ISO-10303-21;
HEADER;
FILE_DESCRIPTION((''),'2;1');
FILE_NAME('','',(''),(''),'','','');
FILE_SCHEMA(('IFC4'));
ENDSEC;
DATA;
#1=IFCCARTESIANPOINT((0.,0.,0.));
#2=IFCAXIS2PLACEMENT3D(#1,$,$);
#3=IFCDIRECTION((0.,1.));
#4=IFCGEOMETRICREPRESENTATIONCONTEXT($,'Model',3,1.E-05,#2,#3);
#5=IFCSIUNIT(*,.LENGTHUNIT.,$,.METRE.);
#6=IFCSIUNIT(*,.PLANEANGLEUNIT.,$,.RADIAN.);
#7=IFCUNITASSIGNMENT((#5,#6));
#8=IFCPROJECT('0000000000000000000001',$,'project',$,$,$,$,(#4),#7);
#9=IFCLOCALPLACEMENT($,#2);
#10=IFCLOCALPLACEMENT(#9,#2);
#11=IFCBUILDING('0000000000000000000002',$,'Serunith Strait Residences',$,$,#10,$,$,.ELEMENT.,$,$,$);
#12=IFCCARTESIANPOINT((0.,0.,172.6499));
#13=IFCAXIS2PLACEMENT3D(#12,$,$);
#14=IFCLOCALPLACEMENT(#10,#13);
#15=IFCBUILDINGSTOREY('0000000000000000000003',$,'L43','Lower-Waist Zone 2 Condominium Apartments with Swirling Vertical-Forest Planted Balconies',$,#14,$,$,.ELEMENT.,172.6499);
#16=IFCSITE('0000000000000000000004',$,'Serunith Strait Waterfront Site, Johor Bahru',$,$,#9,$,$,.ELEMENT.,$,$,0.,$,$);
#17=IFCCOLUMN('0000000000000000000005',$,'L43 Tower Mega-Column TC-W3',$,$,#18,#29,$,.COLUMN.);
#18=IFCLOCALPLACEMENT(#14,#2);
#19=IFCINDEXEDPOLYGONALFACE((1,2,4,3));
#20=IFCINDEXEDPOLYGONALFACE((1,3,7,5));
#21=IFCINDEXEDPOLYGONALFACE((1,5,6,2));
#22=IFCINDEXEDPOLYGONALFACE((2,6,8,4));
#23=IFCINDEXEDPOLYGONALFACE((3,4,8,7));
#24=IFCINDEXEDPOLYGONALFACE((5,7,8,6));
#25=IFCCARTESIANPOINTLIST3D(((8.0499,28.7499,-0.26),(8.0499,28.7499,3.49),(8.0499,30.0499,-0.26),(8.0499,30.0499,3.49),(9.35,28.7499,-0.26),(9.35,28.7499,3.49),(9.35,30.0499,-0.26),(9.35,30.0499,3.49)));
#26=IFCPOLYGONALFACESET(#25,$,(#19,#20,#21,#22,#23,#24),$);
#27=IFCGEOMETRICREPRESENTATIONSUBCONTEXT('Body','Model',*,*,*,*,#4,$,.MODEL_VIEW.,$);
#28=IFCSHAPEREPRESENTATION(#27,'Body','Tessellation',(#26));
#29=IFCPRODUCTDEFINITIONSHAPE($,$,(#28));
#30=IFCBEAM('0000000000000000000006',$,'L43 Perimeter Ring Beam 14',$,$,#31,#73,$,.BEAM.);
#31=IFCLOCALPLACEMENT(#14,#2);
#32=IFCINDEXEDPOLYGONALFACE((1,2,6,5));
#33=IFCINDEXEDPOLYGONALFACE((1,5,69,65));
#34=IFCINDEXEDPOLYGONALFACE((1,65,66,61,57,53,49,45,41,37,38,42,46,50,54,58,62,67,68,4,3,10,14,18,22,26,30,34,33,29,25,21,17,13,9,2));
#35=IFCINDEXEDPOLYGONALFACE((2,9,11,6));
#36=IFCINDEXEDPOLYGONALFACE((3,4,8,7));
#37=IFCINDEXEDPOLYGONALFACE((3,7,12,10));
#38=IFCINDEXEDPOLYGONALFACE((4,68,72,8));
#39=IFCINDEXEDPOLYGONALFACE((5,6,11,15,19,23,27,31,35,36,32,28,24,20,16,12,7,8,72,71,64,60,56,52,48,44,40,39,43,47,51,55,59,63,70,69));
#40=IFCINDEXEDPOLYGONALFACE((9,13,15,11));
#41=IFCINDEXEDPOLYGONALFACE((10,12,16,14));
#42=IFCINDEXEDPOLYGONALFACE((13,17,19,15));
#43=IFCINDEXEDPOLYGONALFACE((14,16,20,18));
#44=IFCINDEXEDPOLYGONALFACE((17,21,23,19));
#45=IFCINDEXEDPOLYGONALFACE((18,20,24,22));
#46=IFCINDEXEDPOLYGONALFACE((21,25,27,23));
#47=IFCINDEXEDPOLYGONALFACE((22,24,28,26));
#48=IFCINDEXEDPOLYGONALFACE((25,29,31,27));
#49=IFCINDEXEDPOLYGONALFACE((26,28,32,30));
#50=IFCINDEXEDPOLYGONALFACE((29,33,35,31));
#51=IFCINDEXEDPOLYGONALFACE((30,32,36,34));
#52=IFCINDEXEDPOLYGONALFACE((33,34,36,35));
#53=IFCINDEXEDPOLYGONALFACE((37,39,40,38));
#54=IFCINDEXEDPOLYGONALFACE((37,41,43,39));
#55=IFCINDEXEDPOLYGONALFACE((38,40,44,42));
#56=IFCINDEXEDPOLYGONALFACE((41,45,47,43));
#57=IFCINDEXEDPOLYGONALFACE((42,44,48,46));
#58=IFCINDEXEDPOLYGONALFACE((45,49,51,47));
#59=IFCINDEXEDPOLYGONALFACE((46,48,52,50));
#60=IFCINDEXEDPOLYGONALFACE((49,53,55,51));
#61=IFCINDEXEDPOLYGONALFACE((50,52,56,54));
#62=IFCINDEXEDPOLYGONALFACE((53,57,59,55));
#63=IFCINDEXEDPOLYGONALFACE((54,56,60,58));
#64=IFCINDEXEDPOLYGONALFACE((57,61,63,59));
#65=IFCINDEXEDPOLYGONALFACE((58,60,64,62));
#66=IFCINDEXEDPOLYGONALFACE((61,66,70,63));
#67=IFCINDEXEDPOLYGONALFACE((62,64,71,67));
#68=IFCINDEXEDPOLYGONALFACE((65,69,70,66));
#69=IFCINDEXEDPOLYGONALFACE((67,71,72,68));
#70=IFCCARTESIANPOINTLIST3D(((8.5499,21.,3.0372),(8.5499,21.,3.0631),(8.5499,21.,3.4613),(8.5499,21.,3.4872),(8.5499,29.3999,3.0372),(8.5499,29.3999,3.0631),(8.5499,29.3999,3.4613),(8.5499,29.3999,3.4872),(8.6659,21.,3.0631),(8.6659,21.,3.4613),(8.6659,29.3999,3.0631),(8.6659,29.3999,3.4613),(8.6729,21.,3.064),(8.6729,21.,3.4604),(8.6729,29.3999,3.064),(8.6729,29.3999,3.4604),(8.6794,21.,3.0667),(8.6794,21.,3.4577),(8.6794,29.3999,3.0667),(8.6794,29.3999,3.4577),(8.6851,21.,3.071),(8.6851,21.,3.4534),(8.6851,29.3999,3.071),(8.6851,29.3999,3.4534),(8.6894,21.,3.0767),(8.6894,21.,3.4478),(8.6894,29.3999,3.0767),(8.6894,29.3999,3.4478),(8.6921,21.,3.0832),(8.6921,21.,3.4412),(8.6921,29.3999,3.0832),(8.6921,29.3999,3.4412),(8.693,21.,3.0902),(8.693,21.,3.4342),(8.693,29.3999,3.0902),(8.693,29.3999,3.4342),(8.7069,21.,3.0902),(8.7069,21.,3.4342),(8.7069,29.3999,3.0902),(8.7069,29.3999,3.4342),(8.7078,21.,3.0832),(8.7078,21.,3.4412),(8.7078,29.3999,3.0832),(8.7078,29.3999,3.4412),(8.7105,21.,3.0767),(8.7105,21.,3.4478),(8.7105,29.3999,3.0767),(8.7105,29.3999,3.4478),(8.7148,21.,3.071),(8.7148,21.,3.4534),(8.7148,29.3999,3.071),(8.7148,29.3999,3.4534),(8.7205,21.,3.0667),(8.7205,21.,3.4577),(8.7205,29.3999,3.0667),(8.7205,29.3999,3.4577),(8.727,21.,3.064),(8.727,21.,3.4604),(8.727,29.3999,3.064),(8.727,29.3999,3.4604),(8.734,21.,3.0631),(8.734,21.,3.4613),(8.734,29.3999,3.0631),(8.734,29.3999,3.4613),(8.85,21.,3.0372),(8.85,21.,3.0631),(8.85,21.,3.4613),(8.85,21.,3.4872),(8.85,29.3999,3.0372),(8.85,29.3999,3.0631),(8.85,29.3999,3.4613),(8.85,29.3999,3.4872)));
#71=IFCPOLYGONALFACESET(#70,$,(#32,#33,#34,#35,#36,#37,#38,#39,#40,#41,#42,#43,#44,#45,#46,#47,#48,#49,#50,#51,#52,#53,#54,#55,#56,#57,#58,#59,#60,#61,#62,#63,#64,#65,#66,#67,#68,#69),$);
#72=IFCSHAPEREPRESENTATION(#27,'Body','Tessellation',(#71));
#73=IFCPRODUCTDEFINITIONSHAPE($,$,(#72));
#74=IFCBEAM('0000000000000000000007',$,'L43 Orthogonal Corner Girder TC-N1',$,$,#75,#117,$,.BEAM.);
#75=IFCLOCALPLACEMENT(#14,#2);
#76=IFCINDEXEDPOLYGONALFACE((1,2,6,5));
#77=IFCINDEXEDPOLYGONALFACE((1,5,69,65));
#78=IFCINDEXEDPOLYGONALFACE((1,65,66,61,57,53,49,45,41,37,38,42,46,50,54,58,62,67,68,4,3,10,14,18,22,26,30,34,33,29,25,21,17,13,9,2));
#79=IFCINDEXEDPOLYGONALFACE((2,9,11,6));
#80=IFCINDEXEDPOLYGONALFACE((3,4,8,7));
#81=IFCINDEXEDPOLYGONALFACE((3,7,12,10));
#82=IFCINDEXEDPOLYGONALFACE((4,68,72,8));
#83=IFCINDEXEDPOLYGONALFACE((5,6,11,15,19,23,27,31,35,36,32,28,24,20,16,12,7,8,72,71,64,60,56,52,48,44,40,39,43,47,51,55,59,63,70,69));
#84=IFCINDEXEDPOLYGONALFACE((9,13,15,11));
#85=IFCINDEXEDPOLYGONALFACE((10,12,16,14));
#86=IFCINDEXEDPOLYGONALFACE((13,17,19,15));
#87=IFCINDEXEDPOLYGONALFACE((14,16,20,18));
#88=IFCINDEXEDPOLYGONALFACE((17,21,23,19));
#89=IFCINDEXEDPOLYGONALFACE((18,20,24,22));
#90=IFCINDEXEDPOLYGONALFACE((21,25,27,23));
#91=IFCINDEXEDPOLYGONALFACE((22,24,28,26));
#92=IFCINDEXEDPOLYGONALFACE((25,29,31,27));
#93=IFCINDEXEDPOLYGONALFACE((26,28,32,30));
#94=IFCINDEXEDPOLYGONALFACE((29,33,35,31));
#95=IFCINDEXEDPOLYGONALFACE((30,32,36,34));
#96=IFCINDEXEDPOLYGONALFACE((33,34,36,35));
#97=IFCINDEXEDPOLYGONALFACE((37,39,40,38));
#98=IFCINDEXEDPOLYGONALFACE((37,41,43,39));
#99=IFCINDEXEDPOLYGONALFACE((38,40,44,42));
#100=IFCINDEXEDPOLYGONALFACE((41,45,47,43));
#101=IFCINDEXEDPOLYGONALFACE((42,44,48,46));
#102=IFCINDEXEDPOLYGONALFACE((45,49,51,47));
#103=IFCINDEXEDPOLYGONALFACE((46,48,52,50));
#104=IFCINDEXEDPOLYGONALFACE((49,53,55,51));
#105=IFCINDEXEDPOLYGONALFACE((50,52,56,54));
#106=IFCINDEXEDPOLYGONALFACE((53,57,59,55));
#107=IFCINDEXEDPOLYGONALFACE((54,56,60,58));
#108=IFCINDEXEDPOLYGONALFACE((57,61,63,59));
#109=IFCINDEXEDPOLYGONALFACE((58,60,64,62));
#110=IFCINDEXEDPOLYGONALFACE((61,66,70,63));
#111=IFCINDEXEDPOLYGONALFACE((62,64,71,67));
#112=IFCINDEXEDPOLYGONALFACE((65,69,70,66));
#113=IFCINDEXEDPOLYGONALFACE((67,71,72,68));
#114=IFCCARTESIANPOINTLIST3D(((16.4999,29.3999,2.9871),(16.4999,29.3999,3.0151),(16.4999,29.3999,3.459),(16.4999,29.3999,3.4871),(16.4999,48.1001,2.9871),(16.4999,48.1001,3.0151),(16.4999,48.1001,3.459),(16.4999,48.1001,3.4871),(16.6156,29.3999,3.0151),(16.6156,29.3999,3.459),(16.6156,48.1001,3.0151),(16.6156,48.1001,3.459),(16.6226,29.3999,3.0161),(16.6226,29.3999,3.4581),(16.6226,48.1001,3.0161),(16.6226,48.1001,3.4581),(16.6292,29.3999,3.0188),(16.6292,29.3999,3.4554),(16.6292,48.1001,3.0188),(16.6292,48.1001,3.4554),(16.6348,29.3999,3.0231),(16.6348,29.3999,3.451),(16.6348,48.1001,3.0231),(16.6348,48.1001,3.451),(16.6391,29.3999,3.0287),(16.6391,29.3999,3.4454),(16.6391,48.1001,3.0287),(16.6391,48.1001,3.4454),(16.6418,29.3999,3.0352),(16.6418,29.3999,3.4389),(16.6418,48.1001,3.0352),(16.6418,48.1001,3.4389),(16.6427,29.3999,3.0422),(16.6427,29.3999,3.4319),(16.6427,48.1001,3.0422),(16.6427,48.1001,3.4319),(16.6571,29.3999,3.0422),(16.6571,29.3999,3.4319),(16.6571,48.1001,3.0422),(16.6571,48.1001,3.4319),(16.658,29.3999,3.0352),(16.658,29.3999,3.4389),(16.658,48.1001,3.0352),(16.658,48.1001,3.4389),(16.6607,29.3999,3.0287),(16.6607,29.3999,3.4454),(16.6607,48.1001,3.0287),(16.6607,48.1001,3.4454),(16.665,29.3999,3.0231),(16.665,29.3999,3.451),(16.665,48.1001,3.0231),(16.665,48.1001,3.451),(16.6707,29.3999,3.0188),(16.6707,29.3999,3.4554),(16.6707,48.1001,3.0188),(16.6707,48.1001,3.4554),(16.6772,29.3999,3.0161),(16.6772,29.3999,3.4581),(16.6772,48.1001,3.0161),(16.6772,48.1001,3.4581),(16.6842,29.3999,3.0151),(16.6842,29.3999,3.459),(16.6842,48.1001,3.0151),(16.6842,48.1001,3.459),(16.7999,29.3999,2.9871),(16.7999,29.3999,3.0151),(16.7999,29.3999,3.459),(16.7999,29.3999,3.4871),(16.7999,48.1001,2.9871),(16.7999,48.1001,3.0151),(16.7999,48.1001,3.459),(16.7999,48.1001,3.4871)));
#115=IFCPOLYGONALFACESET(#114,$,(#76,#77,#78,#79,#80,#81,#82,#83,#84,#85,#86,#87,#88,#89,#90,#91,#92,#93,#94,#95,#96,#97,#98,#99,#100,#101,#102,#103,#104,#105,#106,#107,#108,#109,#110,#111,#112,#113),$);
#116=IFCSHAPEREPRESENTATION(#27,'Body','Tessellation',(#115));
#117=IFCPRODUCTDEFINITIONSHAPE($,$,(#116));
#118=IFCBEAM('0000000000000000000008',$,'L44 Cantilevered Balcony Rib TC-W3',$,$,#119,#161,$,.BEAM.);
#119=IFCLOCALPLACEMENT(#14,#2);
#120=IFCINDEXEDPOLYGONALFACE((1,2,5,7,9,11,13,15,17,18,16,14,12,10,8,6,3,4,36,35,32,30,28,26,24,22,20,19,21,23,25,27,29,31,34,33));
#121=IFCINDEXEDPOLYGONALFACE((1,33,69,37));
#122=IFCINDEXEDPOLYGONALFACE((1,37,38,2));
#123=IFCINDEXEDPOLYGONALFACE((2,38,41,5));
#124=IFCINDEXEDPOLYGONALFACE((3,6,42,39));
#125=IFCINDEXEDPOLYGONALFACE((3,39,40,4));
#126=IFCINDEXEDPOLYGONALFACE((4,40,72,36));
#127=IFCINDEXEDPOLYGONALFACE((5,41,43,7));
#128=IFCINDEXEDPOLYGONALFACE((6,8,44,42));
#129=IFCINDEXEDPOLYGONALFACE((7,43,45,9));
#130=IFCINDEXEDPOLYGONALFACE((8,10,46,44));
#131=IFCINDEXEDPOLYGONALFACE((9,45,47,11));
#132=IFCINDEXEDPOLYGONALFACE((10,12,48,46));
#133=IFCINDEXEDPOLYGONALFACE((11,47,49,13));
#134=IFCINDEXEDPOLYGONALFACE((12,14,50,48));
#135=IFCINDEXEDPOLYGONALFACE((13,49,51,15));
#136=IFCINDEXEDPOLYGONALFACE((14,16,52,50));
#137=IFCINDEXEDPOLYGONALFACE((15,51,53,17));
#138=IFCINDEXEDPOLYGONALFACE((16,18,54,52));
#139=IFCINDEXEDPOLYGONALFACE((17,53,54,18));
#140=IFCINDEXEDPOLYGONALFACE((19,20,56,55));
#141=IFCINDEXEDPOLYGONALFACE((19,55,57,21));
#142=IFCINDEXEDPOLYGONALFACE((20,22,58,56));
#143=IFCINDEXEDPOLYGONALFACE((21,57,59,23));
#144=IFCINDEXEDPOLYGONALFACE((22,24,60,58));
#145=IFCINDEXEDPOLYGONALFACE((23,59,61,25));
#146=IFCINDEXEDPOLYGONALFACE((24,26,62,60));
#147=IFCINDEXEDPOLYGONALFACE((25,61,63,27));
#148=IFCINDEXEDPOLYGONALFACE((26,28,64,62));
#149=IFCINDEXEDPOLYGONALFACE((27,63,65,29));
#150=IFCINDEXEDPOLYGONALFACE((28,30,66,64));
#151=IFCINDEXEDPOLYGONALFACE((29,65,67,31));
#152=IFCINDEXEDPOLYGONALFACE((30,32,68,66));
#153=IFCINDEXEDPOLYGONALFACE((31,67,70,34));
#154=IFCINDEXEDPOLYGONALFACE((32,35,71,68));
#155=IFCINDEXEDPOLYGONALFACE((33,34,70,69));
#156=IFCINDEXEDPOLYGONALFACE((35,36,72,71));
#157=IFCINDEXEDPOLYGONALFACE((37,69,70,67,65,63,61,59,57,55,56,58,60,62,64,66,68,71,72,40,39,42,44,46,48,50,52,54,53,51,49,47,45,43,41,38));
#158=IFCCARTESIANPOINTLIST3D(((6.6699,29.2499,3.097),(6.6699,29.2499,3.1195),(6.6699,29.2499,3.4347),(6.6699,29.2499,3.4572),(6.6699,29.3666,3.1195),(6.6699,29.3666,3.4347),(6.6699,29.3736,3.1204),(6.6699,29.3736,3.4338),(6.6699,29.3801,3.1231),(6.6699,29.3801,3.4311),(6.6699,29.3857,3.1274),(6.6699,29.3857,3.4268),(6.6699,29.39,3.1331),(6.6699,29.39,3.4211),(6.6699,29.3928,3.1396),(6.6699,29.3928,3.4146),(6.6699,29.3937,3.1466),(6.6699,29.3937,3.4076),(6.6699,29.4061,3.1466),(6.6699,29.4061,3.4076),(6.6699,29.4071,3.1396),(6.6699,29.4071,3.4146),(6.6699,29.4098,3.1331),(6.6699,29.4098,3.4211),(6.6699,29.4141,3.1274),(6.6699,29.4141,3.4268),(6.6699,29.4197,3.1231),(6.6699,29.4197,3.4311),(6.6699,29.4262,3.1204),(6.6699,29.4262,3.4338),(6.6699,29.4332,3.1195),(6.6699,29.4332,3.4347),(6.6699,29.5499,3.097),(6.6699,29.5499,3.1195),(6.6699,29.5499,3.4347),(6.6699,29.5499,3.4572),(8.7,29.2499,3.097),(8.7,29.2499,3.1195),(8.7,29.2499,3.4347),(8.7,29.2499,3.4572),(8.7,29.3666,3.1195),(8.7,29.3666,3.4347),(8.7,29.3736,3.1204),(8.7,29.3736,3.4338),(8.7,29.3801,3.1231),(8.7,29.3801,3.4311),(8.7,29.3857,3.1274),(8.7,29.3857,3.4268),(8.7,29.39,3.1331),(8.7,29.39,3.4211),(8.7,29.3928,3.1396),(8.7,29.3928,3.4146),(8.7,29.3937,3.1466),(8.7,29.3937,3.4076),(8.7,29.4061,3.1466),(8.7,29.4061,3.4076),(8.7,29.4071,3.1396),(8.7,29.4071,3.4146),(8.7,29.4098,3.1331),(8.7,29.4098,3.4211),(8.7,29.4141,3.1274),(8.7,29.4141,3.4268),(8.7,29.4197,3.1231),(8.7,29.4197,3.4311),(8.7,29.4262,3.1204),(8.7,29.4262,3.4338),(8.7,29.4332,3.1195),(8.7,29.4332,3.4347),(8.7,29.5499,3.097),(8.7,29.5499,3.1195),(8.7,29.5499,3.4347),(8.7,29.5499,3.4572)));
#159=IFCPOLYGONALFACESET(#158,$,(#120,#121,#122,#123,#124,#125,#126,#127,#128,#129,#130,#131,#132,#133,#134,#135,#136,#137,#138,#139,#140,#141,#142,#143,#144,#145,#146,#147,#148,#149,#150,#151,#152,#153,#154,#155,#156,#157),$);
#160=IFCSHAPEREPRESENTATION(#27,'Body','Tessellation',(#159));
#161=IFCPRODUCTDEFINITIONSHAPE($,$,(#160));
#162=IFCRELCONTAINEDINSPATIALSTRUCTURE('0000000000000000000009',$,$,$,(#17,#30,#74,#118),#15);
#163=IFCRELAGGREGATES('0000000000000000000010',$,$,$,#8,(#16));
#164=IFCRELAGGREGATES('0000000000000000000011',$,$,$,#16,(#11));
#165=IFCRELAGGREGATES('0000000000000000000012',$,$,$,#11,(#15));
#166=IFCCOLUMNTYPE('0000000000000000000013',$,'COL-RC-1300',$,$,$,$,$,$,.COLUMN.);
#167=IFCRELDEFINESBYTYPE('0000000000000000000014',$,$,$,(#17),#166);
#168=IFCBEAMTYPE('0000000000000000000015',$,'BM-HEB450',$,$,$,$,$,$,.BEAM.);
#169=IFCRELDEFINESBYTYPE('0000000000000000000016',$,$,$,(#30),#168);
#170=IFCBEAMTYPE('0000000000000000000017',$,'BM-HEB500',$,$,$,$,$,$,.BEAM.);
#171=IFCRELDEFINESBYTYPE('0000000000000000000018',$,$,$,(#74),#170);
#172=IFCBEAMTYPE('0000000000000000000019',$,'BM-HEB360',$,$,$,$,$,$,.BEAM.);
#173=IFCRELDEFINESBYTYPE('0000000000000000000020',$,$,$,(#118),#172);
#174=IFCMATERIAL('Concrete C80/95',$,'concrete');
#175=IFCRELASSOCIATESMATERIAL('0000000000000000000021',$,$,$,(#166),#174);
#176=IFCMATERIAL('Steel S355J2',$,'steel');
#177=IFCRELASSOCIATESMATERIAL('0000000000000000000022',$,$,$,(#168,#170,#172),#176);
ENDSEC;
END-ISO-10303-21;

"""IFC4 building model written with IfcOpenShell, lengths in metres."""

from ifc_helpers import new_model, si_unit, direction, frame, origin, origin_2d, place, context, subcontext, project, spatial, rectangle, i_section, extrude, source, transform, mapped, material, material_profile, profile_set, type_object, element, save


model = new_model("IFC4")

# Units and contexts
model_context = context("Model", 3, precision=1e-05, world=origin(), true_north=direction((0.0, 1.0)))
body_context = subcontext(model_context, "Body", "Model", "MODEL_VIEW")
ifc_project = project(units=[si_unit("LENGTHUNIT", "METRE"), si_unit("PLANEANGLEUNIT", "RADIAN")], contexts=[model_context])

# Site, building, storey
site_placement = place(None, origin())
site = spatial("IfcSite", under=ifc_project, at=site_placement, Name="Serunith Strait Waterfront Site, Johor Bahru", CompositionType="ELEMENT", RefElevation=0.0)
building_placement = place(site_placement, origin())
building = spatial("IfcBuilding", under=site, at=building_placement, Name="Serunith Strait Residences", CompositionType="ELEMENT")
storey_placement = place(building_placement, frame((0.0, 0.0, 172.6499)))
storey = spatial("IfcBuildingStorey", under=building, at=storey_placement, Name="L43", Description="Lower-Waist Zone 2 Condominium Apartments with Swirling Vertical-Forest Planted Balconies", CompositionType="ELEMENT", Elevation=172.6499)

# Column
ifc_material_1 = material(Name="Concrete C80/95", Category="concrete")
ifc_material_profile_1 = material_profile(ifc_material_1, rectangle(XDim=1.3, YDim=1.3, at=origin_2d()), Name="RC 1300x1300")
ifc_profile_set_1 = profile_set([ifc_material_profile_1], Name="Concrete C80/95")
column_type = type_object("IfcColumnType", Name="COL-RC-1300", PredefinedType="COLUMN", material=ifc_profile_set_1)
shared_shape_1 = source(origin(), body_context, "Body", "SweptSolid", [
    extrude(rectangle(XDim=1.3, YDim=1.3, at=origin_2d()), origin(), (0.0, 0.0, 1.0), 3.75),
])
column_placement = place(storey_placement, frame((8.7, 29.3999, -0.26), z_axis=(0.0, 0.0, 1.0), x_axis=(1.0, 0.0, 0.0)))
element("IfcColumn", 1, at=column_placement, inside=storey, type_object=column_type, Name="L43 Tower Mega-Column TC-W3", PredefinedType="COLUMN", context=body_context, shape_type="MappedRepresentation", body=[
    mapped(shared_shape_1, transform((0.0, 0.0, 0.0), scale=1.0)),
])

# Beams
ifc_material_2 = material(Name="Steel S355J2", Category="steel")
ifc_material_profile_2 = material_profile(ifc_material_2, i_section(OverallWidth=0.3, OverallDepth=0.45, WebThickness=0.0139, FlangeThickness=0.0259, FilletRadius=0.0271, at=origin_2d()), Name="HEB 450")
ifc_profile_set_2 = profile_set([ifc_material_profile_2], Name="Steel S355J2")
beam_type_1 = type_object("IfcBeamType", Name="BM-HEB450", PredefinedType="BEAM", material=ifc_profile_set_2)
shared_shape_2 = source(origin(), body_context, "Body", "SweptSolid", [
    extrude(i_section(OverallWidth=0.3, OverallDepth=0.45, WebThickness=0.0139, FlangeThickness=0.0259, FilletRadius=0.0271, at=origin_2d()), origin(), (0.0, 0.0, 1.0), 8.3999),
])
beam_1_placement = place(storey_placement, frame((8.7, 29.3999, 3.2622), z_axis=(0.0, -1.0, 0.0), x_axis=(1.0, 0.0, 0.0)))
element("IfcBeam", 2, at=beam_1_placement, inside=storey, type_object=beam_type_1, Name="L43 Perimeter Ring Beam 14", PredefinedType="BEAM", context=body_context, shape_type="MappedRepresentation", body=[
    mapped(shared_shape_2, transform((0.0, 0.0, 0.0), scale=1.0)),
])
ifc_material_profile_3 = material_profile(ifc_material_2, i_section(OverallWidth=0.3, OverallDepth=0.5, WebThickness=0.0144, FlangeThickness=0.0281, FilletRadius=0.0271, at=origin_2d()), Name="HEB 500")
ifc_profile_set_3 = profile_set([ifc_material_profile_3], Name="Steel S355J2")
beam_type_2 = type_object("IfcBeamType", Name="BM-HEB500", PredefinedType="BEAM", material=ifc_profile_set_3)
shared_shape_3 = source(origin(), body_context, "Body", "SweptSolid", [
    extrude(i_section(OverallWidth=0.3, OverallDepth=0.5, WebThickness=0.0144, FlangeThickness=0.0281, FilletRadius=0.0271, at=origin_2d()), origin(), (0.0, 0.0, 1.0), 18.7002),
])
beam_2_placement = place(storey_placement, frame((16.6499, 29.3999, 3.2371), z_axis=(0.0, 1.0, 0.0), x_axis=(-1.0, 0.0, 0.0)))
element("IfcBeam", 3, at=beam_2_placement, inside=storey, type_object=beam_type_2, Name="L43 Orthogonal Corner Girder TC-N1", PredefinedType="BEAM", context=body_context, shape_type="MappedRepresentation", body=[
    mapped(shared_shape_3, transform((0.0, 0.0, 0.0), scale=1.0)),
])
ifc_material_profile_4 = material_profile(ifc_material_2, i_section(OverallWidth=0.3, OverallDepth=0.3601, WebThickness=0.0125, FlangeThickness=0.0225, FilletRadius=0.0271, at=origin_2d()), Name="HEB 360")
ifc_profile_set_4 = profile_set([ifc_material_profile_4], Name="Steel S355J2")
beam_type_3 = type_object("IfcBeamType", Name="BM-HEB360", PredefinedType="BEAM", material=ifc_profile_set_4)
shared_shape_4 = source(origin(), body_context, "Body", "SweptSolid", [
    extrude(i_section(OverallWidth=0.3, OverallDepth=0.3601, WebThickness=0.0125, FlangeThickness=0.0225, FilletRadius=0.0271, at=origin_2d()), origin(), (0.0, 0.0, 1.0), 2.03),
])
beam_3_placement = place(storey_placement, frame((8.7, 29.3999, 3.2771), z_axis=(-1.0, 0.0, 0.0), x_axis=(0.0, -1.0, 0.0)))
element("IfcBeam", 4, at=beam_3_placement, inside=storey, type_object=beam_type_3, Name="L44 Cantilevered Balcony Rib TC-W3", PredefinedType="BEAM", context=body_context, shape_type="MappedRepresentation", body=[
    mapped(shared_shape_4, transform((0.0, 0.0, 0.0), scale=1.0)),
])

save(model, "model.ifc")
